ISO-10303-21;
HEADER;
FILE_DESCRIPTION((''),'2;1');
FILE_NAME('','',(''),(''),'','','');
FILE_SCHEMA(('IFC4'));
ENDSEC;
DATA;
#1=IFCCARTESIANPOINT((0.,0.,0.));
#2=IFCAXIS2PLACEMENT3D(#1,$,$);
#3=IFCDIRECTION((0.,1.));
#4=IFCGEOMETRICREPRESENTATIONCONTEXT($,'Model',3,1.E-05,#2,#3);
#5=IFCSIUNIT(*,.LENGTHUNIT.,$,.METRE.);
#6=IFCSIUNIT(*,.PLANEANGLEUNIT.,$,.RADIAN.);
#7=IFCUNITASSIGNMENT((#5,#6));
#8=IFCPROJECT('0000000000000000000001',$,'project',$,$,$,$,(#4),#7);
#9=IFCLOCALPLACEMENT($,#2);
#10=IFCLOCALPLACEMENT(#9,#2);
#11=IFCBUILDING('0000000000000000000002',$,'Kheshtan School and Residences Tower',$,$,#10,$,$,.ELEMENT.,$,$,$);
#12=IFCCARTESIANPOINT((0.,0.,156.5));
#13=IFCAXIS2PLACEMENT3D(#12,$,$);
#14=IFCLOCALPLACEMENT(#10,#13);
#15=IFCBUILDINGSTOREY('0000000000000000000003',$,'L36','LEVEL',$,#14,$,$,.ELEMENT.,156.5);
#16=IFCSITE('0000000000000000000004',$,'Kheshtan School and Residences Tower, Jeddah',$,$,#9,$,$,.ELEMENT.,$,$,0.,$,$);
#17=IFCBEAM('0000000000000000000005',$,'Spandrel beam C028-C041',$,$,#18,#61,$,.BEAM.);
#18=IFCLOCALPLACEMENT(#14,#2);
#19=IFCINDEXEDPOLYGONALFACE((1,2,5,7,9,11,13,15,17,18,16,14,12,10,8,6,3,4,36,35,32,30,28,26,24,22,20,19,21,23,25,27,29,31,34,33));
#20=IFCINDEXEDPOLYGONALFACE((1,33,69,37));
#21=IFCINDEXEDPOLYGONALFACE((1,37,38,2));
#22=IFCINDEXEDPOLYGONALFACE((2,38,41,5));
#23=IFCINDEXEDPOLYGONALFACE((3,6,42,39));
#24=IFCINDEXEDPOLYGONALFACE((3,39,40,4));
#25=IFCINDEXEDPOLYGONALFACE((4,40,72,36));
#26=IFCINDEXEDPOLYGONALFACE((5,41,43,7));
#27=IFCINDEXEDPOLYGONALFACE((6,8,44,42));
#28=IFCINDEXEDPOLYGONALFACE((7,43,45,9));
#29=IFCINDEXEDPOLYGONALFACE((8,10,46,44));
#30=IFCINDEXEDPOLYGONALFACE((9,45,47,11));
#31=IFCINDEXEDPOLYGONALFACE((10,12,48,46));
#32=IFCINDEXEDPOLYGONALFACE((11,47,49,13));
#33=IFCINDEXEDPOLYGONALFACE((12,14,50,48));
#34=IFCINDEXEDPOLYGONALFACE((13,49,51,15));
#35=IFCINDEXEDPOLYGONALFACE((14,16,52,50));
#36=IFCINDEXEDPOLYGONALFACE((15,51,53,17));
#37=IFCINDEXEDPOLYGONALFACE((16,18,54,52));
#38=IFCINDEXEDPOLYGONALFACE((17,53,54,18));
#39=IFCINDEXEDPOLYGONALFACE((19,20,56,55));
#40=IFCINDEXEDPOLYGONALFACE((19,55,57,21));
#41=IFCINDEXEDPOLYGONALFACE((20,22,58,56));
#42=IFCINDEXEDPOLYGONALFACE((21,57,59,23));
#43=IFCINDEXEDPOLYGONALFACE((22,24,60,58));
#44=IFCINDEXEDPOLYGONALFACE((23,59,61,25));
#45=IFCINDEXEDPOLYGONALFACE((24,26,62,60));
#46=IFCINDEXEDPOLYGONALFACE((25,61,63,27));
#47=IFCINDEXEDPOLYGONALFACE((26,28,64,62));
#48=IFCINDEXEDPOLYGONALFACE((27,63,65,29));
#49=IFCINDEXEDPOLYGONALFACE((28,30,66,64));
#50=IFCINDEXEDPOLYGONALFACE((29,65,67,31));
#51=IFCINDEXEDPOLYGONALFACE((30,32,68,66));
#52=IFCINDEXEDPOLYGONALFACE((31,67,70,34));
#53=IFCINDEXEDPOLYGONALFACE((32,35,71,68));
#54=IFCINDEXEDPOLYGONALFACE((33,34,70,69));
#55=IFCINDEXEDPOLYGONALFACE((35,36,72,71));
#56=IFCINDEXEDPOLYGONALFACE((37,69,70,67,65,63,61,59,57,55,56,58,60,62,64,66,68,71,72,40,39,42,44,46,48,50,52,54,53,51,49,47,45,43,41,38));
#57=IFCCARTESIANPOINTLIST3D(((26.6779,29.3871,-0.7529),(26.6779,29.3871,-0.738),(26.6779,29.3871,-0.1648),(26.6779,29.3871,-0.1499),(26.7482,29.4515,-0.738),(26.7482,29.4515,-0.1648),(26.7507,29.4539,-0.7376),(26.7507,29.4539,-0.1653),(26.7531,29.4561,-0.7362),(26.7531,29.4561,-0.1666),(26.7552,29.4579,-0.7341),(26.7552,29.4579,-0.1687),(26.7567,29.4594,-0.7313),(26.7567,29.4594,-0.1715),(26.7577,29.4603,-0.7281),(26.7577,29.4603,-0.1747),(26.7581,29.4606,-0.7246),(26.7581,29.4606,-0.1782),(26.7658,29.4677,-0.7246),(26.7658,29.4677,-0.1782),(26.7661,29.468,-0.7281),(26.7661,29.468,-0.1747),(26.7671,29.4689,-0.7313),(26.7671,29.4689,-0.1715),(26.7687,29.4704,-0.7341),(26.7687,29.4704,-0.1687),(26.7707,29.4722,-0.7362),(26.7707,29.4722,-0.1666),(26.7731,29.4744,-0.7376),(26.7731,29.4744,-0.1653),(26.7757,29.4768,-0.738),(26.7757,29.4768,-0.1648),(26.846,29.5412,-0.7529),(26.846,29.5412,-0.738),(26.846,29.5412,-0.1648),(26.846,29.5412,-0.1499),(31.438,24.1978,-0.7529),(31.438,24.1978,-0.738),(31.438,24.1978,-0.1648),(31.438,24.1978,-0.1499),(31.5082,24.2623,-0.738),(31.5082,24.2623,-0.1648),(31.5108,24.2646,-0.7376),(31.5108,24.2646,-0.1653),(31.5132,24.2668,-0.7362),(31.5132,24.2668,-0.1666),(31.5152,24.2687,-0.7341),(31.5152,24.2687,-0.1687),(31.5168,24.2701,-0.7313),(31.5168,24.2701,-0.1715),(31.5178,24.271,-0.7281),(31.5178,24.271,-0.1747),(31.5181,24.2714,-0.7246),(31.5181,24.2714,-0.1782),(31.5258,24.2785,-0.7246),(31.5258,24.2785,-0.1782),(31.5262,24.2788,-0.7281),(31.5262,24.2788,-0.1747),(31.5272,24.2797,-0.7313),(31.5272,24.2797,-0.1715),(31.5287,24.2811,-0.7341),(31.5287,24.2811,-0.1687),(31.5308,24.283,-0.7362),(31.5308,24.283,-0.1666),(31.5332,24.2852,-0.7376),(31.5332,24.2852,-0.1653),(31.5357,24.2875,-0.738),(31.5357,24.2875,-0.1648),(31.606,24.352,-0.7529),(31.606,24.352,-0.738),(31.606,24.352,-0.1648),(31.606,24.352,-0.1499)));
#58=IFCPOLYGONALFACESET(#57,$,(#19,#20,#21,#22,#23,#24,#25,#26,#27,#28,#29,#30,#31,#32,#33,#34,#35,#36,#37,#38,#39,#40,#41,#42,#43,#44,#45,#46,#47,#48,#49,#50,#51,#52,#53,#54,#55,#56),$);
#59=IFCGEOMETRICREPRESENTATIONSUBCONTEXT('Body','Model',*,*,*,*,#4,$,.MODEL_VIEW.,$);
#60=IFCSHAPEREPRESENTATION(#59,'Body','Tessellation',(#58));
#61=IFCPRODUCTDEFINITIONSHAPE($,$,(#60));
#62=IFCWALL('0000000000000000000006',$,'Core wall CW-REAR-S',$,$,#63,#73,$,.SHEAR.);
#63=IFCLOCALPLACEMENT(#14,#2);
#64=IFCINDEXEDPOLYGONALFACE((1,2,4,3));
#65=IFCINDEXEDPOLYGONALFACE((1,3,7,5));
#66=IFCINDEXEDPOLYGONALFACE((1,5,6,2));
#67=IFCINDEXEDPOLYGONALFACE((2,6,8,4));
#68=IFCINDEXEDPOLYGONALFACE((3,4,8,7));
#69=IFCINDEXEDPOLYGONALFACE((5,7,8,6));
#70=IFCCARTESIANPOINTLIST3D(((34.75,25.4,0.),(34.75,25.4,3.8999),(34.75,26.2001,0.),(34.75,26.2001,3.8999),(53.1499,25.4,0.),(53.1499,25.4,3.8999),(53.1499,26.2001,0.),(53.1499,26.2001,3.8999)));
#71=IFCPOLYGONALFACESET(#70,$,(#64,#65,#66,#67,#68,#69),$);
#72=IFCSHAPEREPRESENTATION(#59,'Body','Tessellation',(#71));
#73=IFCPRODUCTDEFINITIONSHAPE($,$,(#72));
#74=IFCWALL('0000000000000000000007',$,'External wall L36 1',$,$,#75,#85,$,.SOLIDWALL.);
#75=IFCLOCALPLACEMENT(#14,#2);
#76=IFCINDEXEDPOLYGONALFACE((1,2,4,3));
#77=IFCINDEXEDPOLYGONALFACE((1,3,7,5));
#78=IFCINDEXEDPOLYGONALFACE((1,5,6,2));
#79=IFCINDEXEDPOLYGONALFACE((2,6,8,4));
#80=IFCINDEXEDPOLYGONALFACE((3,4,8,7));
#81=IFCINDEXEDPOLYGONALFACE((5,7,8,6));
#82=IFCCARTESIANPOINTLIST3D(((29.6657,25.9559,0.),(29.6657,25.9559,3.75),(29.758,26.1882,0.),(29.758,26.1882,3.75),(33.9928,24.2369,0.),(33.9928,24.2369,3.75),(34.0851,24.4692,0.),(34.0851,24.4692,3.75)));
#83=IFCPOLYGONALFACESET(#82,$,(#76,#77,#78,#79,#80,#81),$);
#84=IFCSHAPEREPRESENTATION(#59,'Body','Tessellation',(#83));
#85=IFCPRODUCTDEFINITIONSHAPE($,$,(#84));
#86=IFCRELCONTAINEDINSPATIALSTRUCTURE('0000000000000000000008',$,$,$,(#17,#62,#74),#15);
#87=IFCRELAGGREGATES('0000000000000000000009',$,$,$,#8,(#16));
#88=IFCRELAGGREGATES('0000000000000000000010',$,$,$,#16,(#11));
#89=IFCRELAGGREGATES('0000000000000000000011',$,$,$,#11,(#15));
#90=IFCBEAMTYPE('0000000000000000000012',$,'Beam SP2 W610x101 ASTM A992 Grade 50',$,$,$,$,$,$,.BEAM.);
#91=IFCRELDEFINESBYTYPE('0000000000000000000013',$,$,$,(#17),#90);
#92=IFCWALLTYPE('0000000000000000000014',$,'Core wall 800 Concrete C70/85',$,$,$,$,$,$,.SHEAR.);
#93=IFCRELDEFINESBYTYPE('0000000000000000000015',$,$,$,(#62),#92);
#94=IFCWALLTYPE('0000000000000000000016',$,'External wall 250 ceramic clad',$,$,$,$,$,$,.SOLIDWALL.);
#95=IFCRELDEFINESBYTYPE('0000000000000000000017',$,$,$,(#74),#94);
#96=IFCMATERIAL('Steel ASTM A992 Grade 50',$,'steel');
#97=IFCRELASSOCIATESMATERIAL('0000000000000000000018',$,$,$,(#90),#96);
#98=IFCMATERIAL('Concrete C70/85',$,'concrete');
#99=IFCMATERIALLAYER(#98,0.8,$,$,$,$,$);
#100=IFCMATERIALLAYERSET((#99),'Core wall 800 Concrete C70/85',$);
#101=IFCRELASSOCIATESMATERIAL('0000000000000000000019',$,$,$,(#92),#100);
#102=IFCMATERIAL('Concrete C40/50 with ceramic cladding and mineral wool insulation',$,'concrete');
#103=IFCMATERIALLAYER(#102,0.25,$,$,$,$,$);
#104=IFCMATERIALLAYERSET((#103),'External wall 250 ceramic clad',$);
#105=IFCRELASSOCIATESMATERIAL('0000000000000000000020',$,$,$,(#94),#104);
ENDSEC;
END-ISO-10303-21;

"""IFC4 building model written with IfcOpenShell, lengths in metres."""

from ifc_helpers import new_model, si_unit, direction, frame, frame_2d, origin, origin_2d, place, context, subcontext, project, spatial, rectangle, i_section, extrude, material, layer, layer_set, material_profile, profile_set, type_object, element, save


model = new_model("IFC4")

# Units and contexts
model_context = context("Model", 3, precision=1e-05, world=origin(), true_north=direction((0.0, 1.0)))
body_context = subcontext(model_context, "Body", "Model", "MODEL_VIEW")
ifc_project = project(units=[si_unit("LENGTHUNIT", "METRE"), si_unit("PLANEANGLEUNIT", "RADIAN")], contexts=[model_context])

# Site, building, storey
site_placement = place(None, origin())
site = spatial("IfcSite", under=ifc_project, at=site_placement, Name="Kheshtan School and Residences Tower, Jeddah", CompositionType="ELEMENT", RefElevation=0.0)
building_placement = place(site_placement, origin())
building = spatial("IfcBuilding", under=site, at=building_placement, Name="Kheshtan School and Residences Tower", CompositionType="ELEMENT")
storey_placement = place(building_placement, frame((0.0, 0.0, 156.5)))
storey = spatial("IfcBuildingStorey", under=building, at=storey_placement, Name="L36", Description="LEVEL", CompositionType="ELEMENT", Elevation=156.5)

# Shared definitions
ifc_material_1 = material(Name="Steel ASTM A992 Grade 50", Category="steel")

# Beam
ifc_material_profile_1 = material_profile(ifc_material_1, i_section(OverallWidth=0.228, OverallDepth=0.603, WebThickness=0.0105, FlangeThickness=0.0149, FilletRadius=0.0134, at=origin_2d()), Name="W610x101")
ifc_profile_set_1 = profile_set([ifc_material_profile_1], Name="Steel ASTM A992 Grade 50")
beam_type_1 = type_object("IfcBeamType", Name="Beam SP2 W610x101 ASTM A992 Grade 50", PredefinedType="BEAM", material=ifc_profile_set_1)
beam_1_placement = place(storey_placement, frame((31.522, 24.2749, -0.4514), z_axis=(-0.675974, 0.736925, 0.0), x_axis=(-0.736925, -0.675974, 0.0)))
element("IfcBeam", 1, at=beam_1_placement, inside=storey, type_object=beam_type_1, Name="Spandrel beam C028-C041", PredefinedType="BEAM", context=body_context, shape_type="SweptSolid", body=[
    extrude(i_section(OverallWidth=0.228, OverallDepth=0.603, WebThickness=0.0105, FlangeThickness=0.0149, FilletRadius=0.0134, at=origin_2d()), origin(), (0.0, 0.0, 1.0), 7.0417),
])

# Walls
ifc_material_2 = material(Name="Concrete C70/85", Category="concrete")
ifc_layer_1 = layer(ifc_material_2, 0.8)
ifc_layer_set_1 = layer_set([ifc_layer_1], Name="Core wall 800 Concrete C70/85")
wall_type_1 = type_object("IfcWallType", Name="Core wall 800 Concrete C70/85", PredefinedType="SHEAR", material=ifc_layer_set_1)
wall_1_placement = place(storey_placement, frame((34.75, 25.8, 0.0), z_axis=(0.0, 0.0, 1.0), x_axis=(1.0, 0.0, 0.0)))
element("IfcWall", 2, at=wall_1_placement, inside=storey, type_object=wall_type_1, Name="Core wall CW-REAR-S", PredefinedType="SHEAR", context=body_context, shape_type="SweptSolid", body=[
    extrude(rectangle(XDim=18.3999, YDim=0.8, at=frame_2d((9.2, 0.0))), origin(), (0.0, 0.0, 1.0), 3.8999),
])
ifc_material_3 = material(Name="Concrete C40/50 with ceramic cladding and mineral wool insulation", Category="concrete")
ifc_layer_2 = layer(ifc_material_3, 0.25)
ifc_layer_set_2 = layer_set([ifc_layer_2], Name="External wall 250 ceramic clad")
wall_type_2 = type_object("IfcWallType", Name="External wall 250 ceramic clad", PredefinedType="SOLIDWALL", material=ifc_layer_set_2)
wall_2_placement = place(storey_placement, frame((34.0391, 24.353, 0.0), z_axis=(0.0, 0.0, 1.0), x_axis=(-0.929353, 0.369193, 0.0)))
element("IfcWall", 3, at=wall_2_placement, inside=storey, type_object=wall_type_2, Name="External wall L36 1", PredefinedType="SOLIDWALL", context=body_context, shape_type="SweptSolid", body=[
    extrude(rectangle(XDim=4.656, YDim=0.25, at=frame_2d((2.3281, 0.0))), origin(), (0.0, 0.0, 1.0), 3.75),
])

save(model, "model.ifc")
